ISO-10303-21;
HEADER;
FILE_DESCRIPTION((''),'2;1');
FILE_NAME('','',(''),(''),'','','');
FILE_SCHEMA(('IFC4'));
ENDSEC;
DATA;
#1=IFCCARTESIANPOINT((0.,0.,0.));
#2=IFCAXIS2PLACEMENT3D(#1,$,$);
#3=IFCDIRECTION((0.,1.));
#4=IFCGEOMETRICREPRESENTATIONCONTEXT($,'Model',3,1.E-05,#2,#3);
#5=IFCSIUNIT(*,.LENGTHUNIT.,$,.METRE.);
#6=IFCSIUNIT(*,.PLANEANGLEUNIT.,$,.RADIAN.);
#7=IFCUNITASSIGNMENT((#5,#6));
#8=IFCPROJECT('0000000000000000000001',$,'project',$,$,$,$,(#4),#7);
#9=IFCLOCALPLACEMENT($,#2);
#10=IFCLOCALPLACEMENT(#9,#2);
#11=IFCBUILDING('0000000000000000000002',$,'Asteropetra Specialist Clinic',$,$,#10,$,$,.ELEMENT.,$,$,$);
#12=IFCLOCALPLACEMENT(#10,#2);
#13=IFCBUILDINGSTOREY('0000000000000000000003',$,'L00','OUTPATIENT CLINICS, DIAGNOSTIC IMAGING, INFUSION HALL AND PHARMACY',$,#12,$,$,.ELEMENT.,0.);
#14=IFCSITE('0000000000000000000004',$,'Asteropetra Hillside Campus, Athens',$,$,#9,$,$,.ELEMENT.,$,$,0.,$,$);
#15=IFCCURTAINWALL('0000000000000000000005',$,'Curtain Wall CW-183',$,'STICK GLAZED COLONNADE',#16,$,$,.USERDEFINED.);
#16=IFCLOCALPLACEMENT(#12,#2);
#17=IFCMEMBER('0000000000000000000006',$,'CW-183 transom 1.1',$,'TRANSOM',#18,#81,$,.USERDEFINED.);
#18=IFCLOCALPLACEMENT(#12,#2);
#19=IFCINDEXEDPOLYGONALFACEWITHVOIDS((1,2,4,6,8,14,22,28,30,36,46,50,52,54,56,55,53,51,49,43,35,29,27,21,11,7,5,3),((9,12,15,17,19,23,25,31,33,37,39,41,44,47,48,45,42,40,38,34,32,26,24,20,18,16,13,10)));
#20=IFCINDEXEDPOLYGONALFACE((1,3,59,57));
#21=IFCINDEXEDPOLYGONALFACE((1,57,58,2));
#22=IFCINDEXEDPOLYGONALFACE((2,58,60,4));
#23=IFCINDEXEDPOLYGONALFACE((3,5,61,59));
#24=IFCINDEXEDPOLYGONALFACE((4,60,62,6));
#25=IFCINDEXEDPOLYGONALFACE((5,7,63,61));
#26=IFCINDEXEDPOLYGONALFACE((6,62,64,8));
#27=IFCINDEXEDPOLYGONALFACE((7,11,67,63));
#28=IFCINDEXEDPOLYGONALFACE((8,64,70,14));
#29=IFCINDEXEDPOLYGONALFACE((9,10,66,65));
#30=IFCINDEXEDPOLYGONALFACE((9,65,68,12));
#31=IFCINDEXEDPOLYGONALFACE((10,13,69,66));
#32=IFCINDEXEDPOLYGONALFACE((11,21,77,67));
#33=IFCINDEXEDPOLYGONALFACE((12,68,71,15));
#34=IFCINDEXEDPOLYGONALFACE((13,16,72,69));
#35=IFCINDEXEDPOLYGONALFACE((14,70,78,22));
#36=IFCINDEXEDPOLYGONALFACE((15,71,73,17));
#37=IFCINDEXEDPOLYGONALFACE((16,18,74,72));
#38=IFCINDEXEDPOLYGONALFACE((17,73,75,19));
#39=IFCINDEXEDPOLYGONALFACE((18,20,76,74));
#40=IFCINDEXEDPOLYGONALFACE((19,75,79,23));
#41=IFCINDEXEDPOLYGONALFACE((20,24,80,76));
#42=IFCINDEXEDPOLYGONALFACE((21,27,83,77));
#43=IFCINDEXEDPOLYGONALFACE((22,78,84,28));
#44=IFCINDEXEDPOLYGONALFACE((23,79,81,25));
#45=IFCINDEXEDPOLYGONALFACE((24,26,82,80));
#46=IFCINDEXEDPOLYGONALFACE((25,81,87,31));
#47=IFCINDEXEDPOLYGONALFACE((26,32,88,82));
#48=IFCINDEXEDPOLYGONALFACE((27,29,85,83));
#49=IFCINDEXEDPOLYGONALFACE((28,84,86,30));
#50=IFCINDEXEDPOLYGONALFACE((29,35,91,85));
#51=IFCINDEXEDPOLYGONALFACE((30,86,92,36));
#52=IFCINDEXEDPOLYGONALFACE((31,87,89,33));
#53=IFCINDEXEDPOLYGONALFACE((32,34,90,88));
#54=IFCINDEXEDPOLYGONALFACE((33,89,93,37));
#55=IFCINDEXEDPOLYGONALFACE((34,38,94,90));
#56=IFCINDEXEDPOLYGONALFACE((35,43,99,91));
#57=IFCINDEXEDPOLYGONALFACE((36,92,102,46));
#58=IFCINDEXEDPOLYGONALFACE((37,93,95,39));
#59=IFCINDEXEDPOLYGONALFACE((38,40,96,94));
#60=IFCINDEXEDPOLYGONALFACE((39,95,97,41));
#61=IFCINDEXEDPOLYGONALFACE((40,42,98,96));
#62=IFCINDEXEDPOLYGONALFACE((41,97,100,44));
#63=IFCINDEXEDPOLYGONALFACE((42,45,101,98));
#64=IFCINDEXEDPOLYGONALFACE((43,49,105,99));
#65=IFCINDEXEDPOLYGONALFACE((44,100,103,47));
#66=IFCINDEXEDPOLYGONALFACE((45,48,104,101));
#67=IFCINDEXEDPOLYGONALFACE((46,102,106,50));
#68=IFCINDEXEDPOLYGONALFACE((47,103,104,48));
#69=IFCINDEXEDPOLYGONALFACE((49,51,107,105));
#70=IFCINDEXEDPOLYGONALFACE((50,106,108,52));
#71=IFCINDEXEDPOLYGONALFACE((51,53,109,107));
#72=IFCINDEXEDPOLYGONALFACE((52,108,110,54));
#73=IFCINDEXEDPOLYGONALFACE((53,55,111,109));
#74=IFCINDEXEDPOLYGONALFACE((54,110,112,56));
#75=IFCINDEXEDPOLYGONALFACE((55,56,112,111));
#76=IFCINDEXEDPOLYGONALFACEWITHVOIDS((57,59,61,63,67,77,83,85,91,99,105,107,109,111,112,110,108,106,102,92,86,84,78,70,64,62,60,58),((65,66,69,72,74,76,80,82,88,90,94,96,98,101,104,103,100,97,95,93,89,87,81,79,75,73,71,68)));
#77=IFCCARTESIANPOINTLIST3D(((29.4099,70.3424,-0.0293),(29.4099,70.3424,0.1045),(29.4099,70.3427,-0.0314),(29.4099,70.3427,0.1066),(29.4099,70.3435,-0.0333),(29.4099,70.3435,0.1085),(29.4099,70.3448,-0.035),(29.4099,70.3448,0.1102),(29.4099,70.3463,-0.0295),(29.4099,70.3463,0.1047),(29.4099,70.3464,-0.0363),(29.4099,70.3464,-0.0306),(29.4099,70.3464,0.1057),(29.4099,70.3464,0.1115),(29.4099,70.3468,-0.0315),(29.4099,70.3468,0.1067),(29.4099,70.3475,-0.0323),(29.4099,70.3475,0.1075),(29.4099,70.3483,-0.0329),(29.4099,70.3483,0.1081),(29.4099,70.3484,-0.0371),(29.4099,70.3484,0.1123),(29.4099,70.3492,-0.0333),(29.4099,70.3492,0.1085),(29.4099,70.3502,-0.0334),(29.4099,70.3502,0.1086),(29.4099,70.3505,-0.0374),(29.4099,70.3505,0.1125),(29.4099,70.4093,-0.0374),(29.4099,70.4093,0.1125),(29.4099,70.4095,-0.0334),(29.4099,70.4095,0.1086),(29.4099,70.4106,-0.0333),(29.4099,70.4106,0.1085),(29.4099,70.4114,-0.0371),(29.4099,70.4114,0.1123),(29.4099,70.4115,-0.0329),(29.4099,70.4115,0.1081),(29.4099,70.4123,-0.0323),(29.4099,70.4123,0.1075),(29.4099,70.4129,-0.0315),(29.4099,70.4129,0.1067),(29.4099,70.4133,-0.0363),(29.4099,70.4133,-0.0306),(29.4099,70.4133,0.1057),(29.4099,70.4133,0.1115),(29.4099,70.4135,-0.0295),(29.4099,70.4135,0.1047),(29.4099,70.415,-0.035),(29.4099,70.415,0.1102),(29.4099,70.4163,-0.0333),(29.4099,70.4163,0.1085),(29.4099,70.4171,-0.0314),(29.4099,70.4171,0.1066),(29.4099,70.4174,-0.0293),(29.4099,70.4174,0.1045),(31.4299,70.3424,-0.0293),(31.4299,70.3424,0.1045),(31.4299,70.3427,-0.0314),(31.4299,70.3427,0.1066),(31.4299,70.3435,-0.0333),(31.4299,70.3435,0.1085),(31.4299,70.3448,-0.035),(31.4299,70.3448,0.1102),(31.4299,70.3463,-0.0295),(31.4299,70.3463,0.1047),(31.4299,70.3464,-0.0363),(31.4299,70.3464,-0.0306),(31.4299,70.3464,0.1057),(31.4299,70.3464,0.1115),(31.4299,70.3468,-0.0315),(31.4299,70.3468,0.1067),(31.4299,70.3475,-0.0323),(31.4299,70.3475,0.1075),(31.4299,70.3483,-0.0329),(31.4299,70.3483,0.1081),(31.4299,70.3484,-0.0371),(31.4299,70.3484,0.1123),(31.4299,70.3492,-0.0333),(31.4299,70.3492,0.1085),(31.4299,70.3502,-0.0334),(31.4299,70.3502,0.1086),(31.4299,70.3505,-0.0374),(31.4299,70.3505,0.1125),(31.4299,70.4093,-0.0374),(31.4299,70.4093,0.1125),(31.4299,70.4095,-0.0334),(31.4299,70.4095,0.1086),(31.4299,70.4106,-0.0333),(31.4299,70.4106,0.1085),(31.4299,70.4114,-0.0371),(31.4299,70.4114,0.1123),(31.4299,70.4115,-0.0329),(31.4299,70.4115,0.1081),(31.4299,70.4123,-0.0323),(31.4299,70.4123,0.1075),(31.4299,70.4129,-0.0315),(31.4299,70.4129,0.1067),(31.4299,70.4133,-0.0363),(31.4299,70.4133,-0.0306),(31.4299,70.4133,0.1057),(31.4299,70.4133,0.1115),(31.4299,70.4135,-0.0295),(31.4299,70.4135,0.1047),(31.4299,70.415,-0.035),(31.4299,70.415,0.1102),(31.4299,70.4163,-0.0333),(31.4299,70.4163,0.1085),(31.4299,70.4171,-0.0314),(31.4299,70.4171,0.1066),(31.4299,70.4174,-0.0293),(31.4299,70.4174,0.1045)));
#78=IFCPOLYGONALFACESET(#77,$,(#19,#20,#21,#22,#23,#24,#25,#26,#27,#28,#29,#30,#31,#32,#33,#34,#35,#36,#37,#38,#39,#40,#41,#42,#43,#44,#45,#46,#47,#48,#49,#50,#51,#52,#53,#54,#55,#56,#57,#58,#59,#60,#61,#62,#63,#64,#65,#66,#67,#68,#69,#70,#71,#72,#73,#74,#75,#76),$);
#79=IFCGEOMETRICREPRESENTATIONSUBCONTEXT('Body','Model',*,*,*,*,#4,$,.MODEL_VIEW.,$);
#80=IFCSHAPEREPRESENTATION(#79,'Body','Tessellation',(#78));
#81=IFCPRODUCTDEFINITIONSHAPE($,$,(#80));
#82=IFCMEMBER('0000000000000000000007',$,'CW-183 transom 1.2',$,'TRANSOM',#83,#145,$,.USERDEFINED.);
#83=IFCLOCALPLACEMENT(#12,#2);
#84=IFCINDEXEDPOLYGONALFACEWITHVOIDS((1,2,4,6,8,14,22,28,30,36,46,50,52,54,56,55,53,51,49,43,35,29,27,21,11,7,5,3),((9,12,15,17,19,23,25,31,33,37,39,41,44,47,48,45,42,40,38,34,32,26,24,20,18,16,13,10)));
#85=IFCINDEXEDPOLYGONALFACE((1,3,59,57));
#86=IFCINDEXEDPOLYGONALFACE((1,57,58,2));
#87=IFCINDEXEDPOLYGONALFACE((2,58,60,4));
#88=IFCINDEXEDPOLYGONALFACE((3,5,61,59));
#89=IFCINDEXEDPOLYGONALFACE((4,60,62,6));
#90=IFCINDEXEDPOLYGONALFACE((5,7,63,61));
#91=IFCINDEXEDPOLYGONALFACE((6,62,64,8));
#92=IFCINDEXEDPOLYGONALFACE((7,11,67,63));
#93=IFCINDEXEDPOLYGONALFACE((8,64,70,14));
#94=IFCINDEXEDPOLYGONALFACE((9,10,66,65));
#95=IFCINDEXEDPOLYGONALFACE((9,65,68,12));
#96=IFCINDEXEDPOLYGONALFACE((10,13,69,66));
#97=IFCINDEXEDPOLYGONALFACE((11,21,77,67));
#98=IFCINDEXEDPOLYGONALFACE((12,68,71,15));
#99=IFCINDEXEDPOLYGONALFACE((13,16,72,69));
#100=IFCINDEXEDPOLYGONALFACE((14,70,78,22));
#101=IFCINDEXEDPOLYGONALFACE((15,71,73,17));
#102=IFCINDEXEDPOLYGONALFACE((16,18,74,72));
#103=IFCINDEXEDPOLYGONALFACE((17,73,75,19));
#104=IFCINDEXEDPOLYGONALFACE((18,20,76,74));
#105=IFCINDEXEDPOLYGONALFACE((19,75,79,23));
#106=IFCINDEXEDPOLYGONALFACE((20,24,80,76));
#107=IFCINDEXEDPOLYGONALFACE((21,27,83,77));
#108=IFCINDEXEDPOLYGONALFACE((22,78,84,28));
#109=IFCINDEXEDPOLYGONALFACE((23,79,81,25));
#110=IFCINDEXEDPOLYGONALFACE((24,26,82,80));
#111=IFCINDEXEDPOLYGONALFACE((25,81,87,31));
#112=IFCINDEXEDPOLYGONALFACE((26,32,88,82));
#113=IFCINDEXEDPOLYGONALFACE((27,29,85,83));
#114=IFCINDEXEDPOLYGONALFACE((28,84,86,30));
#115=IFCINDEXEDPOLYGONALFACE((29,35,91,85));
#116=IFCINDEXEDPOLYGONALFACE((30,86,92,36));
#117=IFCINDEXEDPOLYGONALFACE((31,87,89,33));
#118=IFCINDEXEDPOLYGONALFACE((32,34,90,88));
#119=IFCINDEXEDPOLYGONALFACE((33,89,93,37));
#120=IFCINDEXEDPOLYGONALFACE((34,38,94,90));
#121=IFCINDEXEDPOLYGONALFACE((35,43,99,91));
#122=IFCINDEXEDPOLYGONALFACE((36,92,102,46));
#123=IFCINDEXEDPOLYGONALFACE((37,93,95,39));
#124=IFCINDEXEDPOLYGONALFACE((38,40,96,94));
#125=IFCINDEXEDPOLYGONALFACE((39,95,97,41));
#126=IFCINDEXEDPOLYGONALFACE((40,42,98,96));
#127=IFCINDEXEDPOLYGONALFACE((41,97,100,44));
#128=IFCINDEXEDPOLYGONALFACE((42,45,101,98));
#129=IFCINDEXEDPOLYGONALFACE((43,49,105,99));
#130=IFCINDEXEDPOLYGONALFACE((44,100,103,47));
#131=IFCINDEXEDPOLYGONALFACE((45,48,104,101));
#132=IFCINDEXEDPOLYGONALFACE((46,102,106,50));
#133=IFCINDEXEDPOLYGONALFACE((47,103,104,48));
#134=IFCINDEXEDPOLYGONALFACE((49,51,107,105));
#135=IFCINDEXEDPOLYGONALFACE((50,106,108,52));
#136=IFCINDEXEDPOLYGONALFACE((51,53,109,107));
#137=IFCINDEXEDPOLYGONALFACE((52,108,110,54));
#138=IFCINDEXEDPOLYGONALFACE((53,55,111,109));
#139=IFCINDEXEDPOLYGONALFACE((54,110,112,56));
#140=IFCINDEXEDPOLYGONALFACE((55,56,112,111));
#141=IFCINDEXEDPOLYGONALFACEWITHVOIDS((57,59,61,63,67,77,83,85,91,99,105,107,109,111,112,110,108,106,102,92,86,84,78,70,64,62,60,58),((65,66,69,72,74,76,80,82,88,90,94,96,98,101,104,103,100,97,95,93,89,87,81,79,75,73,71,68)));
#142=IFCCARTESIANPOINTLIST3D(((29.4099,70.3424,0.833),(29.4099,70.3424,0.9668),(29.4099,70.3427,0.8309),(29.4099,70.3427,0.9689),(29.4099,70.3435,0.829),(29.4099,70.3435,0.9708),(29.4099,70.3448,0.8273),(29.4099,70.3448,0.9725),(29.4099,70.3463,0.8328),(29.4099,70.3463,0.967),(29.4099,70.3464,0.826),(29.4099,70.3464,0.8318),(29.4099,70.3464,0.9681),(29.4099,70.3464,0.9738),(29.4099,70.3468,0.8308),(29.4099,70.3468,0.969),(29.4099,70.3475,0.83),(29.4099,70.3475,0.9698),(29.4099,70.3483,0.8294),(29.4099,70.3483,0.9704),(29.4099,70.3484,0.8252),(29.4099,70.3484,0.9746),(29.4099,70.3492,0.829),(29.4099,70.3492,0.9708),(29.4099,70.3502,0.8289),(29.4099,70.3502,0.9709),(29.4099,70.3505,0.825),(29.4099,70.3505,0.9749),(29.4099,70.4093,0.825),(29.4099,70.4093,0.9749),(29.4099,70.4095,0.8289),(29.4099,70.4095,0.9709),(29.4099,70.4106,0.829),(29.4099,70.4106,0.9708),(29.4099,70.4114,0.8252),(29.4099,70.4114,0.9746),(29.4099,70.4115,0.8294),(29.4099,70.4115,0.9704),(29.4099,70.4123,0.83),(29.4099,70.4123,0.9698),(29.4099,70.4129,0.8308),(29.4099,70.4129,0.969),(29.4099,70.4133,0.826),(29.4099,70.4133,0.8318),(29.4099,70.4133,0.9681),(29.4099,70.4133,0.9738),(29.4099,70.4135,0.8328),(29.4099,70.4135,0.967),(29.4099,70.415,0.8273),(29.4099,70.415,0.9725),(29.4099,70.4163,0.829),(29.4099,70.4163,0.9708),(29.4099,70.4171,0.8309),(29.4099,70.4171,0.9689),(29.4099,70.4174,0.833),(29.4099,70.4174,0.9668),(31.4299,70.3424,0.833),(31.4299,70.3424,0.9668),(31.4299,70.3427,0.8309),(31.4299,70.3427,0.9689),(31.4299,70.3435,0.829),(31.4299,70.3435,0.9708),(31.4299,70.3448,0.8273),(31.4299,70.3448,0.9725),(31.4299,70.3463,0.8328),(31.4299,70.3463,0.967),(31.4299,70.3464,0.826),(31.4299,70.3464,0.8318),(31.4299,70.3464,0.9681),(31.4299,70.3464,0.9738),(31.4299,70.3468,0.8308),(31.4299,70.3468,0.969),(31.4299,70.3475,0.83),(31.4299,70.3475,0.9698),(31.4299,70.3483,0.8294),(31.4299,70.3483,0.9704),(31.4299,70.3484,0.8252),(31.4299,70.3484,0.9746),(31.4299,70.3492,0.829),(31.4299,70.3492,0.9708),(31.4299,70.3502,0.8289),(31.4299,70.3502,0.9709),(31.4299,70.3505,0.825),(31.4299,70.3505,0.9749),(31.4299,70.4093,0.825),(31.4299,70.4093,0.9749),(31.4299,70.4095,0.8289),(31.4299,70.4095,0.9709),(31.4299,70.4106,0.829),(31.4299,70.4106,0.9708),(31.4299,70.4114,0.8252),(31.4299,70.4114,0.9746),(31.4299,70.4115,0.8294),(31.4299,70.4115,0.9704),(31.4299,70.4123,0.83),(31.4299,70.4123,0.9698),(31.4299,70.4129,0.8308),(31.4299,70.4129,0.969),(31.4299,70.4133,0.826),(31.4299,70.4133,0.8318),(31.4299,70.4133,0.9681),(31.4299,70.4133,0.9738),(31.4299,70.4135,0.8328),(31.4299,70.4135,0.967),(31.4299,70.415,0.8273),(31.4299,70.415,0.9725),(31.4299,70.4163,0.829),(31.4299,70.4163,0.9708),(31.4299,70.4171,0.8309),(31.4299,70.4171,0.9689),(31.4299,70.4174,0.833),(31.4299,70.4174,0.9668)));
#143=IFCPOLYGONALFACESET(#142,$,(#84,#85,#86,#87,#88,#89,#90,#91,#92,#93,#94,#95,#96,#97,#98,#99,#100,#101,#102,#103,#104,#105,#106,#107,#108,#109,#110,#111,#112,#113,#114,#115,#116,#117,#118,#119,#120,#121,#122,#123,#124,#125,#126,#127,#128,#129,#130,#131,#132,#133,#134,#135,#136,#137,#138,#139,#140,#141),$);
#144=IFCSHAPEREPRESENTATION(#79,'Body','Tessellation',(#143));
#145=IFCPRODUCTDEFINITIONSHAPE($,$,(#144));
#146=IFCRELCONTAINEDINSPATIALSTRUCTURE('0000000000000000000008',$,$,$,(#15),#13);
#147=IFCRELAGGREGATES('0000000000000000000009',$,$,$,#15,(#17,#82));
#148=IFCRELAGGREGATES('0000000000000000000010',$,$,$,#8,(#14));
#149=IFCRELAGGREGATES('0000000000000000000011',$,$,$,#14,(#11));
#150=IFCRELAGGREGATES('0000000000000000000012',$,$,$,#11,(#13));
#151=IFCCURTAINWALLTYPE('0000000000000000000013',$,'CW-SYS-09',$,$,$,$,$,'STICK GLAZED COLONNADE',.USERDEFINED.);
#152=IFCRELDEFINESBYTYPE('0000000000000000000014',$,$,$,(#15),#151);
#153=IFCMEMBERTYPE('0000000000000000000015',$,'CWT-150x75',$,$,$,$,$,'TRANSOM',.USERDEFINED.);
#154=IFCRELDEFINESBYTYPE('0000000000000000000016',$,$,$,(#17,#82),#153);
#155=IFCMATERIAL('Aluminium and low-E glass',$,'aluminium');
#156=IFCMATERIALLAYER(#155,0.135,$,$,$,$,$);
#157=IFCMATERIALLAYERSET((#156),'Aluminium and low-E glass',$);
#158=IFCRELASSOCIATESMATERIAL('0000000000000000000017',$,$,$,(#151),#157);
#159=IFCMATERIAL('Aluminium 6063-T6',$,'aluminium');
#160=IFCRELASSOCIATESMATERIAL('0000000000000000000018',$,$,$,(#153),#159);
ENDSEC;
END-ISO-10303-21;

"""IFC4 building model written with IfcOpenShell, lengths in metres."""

from ifc_helpers import new_model, si_unit, direction, frame, origin, origin_2d, place, context, subcontext, project, spatial, hollow_rectangle, extrude, material, layer, layer_set, material_profile, profile_set, type_object, element, aggregate, save


model = new_model("IFC4")

# Units and contexts
model_context = context("Model", 3, precision=1e-05, world=origin(), true_north=direction((0.0, 1.0)))
body_context = subcontext(model_context, "Body", "Model", "MODEL_VIEW")
ifc_project = project(units=[si_unit("LENGTHUNIT", "METRE"), si_unit("PLANEANGLEUNIT", "RADIAN")], contexts=[model_context])

# Site, building, storey
site_placement = place(None, origin())
site = spatial("IfcSite", under=ifc_project, at=site_placement, Name="Asteropetra Hillside Campus, Athens", CompositionType="ELEMENT", RefElevation=0.0)
building_placement = place(site_placement, origin())
building = spatial("IfcBuilding", under=site, at=building_placement, Name="Asteropetra Specialist Clinic", CompositionType="ELEMENT")
storey_placement = place(building_placement, origin())
storey = spatial("IfcBuildingStorey", under=building, at=storey_placement, Name="L00", Description="OUTPATIENT CLINICS, DIAGNOSTIC IMAGING, INFUSION HALL AND PHARMACY", CompositionType="ELEMENT", Elevation=0.0)

# Curtain wall, members
ifc_material_1 = material(Name="Aluminium and low-E glass", Category="aluminium")
ifc_layer_1 = layer(ifc_material_1, 0.135)
ifc_layer_set_1 = layer_set([ifc_layer_1], Name="Aluminium and low-E glass")
curtain_wall_type = type_object("IfcCurtainWallType", Name="CW-SYS-09", ElementType="STICK GLAZED COLONNADE", PredefinedType="USERDEFINED", material=ifc_layer_set_1)
curtain_wall_placement = place(storey_placement, origin())
curtain_wall = element("IfcCurtainWall", 1, at=curtain_wall_placement, inside=storey, type_object=curtain_wall_type, Name="Curtain Wall CW-183", ObjectType="STICK GLAZED COLONNADE", PredefinedType="USERDEFINED")
ifc_material_2 = material(Name="Aluminium 6063-T6", Category="aluminium")
ifc_material_profile_1 = material_profile(ifc_material_2, hollow_rectangle(XDim=0.075, YDim=0.1499, WallThickness=0.0039, InnerFilletRadius=0.0039, OuterFilletRadius=0.0081, at=origin_2d()), Name="TRN 150x75x4.0")
ifc_profile_set_1 = profile_set([ifc_material_profile_1], Name="Aluminium 6063-T6")
member_type_1 = type_object("IfcMemberType", Name="CWT-150x75", ElementType="TRANSOM", PredefinedType="USERDEFINED", material=ifc_profile_set_1)
member_1_placement = place(storey_placement, frame((29.4099, 70.3799, 0.0376), z_axis=(1.0, 0.0, 0.0), x_axis=(0.0, 1.0, 0.0)))
member_1 = element("IfcMember", 2, at=member_1_placement, type_object=member_type_1, Name="CW-183 transom 1.1", ObjectType="TRANSOM", PredefinedType="USERDEFINED", context=body_context, shape_type="SweptSolid", body=[
    extrude(hollow_rectangle(XDim=0.075, YDim=0.1499, WallThickness=0.0039, InnerFilletRadius=0.0039, OuterFilletRadius=0.0081, at=origin_2d()), origin(), (0.0, 0.0, 1.0), 2.02),
])
member_2_placement = place(storey_placement, frame((29.4099, 70.3799, 0.8999), z_axis=(1.0, 0.0, 0.0), x_axis=(0.0, 1.0, 0.0)))
member_2 = element("IfcMember", 3, at=member_2_placement, type_object=member_type_1, Name="CW-183 transom 1.2", ObjectType="TRANSOM", PredefinedType="USERDEFINED", context=body_context, shape_type="SweptSolid", body=[
    extrude(hollow_rectangle(XDim=0.075, YDim=0.1499, WallThickness=0.0039, InnerFilletRadius=0.0039, OuterFilletRadius=0.0081, at=origin_2d()), origin(), (0.0, 0.0, 1.0), 2.02),
])
aggregate(curtain_wall, [member_1, member_2])

save(model, "model.ifc")
